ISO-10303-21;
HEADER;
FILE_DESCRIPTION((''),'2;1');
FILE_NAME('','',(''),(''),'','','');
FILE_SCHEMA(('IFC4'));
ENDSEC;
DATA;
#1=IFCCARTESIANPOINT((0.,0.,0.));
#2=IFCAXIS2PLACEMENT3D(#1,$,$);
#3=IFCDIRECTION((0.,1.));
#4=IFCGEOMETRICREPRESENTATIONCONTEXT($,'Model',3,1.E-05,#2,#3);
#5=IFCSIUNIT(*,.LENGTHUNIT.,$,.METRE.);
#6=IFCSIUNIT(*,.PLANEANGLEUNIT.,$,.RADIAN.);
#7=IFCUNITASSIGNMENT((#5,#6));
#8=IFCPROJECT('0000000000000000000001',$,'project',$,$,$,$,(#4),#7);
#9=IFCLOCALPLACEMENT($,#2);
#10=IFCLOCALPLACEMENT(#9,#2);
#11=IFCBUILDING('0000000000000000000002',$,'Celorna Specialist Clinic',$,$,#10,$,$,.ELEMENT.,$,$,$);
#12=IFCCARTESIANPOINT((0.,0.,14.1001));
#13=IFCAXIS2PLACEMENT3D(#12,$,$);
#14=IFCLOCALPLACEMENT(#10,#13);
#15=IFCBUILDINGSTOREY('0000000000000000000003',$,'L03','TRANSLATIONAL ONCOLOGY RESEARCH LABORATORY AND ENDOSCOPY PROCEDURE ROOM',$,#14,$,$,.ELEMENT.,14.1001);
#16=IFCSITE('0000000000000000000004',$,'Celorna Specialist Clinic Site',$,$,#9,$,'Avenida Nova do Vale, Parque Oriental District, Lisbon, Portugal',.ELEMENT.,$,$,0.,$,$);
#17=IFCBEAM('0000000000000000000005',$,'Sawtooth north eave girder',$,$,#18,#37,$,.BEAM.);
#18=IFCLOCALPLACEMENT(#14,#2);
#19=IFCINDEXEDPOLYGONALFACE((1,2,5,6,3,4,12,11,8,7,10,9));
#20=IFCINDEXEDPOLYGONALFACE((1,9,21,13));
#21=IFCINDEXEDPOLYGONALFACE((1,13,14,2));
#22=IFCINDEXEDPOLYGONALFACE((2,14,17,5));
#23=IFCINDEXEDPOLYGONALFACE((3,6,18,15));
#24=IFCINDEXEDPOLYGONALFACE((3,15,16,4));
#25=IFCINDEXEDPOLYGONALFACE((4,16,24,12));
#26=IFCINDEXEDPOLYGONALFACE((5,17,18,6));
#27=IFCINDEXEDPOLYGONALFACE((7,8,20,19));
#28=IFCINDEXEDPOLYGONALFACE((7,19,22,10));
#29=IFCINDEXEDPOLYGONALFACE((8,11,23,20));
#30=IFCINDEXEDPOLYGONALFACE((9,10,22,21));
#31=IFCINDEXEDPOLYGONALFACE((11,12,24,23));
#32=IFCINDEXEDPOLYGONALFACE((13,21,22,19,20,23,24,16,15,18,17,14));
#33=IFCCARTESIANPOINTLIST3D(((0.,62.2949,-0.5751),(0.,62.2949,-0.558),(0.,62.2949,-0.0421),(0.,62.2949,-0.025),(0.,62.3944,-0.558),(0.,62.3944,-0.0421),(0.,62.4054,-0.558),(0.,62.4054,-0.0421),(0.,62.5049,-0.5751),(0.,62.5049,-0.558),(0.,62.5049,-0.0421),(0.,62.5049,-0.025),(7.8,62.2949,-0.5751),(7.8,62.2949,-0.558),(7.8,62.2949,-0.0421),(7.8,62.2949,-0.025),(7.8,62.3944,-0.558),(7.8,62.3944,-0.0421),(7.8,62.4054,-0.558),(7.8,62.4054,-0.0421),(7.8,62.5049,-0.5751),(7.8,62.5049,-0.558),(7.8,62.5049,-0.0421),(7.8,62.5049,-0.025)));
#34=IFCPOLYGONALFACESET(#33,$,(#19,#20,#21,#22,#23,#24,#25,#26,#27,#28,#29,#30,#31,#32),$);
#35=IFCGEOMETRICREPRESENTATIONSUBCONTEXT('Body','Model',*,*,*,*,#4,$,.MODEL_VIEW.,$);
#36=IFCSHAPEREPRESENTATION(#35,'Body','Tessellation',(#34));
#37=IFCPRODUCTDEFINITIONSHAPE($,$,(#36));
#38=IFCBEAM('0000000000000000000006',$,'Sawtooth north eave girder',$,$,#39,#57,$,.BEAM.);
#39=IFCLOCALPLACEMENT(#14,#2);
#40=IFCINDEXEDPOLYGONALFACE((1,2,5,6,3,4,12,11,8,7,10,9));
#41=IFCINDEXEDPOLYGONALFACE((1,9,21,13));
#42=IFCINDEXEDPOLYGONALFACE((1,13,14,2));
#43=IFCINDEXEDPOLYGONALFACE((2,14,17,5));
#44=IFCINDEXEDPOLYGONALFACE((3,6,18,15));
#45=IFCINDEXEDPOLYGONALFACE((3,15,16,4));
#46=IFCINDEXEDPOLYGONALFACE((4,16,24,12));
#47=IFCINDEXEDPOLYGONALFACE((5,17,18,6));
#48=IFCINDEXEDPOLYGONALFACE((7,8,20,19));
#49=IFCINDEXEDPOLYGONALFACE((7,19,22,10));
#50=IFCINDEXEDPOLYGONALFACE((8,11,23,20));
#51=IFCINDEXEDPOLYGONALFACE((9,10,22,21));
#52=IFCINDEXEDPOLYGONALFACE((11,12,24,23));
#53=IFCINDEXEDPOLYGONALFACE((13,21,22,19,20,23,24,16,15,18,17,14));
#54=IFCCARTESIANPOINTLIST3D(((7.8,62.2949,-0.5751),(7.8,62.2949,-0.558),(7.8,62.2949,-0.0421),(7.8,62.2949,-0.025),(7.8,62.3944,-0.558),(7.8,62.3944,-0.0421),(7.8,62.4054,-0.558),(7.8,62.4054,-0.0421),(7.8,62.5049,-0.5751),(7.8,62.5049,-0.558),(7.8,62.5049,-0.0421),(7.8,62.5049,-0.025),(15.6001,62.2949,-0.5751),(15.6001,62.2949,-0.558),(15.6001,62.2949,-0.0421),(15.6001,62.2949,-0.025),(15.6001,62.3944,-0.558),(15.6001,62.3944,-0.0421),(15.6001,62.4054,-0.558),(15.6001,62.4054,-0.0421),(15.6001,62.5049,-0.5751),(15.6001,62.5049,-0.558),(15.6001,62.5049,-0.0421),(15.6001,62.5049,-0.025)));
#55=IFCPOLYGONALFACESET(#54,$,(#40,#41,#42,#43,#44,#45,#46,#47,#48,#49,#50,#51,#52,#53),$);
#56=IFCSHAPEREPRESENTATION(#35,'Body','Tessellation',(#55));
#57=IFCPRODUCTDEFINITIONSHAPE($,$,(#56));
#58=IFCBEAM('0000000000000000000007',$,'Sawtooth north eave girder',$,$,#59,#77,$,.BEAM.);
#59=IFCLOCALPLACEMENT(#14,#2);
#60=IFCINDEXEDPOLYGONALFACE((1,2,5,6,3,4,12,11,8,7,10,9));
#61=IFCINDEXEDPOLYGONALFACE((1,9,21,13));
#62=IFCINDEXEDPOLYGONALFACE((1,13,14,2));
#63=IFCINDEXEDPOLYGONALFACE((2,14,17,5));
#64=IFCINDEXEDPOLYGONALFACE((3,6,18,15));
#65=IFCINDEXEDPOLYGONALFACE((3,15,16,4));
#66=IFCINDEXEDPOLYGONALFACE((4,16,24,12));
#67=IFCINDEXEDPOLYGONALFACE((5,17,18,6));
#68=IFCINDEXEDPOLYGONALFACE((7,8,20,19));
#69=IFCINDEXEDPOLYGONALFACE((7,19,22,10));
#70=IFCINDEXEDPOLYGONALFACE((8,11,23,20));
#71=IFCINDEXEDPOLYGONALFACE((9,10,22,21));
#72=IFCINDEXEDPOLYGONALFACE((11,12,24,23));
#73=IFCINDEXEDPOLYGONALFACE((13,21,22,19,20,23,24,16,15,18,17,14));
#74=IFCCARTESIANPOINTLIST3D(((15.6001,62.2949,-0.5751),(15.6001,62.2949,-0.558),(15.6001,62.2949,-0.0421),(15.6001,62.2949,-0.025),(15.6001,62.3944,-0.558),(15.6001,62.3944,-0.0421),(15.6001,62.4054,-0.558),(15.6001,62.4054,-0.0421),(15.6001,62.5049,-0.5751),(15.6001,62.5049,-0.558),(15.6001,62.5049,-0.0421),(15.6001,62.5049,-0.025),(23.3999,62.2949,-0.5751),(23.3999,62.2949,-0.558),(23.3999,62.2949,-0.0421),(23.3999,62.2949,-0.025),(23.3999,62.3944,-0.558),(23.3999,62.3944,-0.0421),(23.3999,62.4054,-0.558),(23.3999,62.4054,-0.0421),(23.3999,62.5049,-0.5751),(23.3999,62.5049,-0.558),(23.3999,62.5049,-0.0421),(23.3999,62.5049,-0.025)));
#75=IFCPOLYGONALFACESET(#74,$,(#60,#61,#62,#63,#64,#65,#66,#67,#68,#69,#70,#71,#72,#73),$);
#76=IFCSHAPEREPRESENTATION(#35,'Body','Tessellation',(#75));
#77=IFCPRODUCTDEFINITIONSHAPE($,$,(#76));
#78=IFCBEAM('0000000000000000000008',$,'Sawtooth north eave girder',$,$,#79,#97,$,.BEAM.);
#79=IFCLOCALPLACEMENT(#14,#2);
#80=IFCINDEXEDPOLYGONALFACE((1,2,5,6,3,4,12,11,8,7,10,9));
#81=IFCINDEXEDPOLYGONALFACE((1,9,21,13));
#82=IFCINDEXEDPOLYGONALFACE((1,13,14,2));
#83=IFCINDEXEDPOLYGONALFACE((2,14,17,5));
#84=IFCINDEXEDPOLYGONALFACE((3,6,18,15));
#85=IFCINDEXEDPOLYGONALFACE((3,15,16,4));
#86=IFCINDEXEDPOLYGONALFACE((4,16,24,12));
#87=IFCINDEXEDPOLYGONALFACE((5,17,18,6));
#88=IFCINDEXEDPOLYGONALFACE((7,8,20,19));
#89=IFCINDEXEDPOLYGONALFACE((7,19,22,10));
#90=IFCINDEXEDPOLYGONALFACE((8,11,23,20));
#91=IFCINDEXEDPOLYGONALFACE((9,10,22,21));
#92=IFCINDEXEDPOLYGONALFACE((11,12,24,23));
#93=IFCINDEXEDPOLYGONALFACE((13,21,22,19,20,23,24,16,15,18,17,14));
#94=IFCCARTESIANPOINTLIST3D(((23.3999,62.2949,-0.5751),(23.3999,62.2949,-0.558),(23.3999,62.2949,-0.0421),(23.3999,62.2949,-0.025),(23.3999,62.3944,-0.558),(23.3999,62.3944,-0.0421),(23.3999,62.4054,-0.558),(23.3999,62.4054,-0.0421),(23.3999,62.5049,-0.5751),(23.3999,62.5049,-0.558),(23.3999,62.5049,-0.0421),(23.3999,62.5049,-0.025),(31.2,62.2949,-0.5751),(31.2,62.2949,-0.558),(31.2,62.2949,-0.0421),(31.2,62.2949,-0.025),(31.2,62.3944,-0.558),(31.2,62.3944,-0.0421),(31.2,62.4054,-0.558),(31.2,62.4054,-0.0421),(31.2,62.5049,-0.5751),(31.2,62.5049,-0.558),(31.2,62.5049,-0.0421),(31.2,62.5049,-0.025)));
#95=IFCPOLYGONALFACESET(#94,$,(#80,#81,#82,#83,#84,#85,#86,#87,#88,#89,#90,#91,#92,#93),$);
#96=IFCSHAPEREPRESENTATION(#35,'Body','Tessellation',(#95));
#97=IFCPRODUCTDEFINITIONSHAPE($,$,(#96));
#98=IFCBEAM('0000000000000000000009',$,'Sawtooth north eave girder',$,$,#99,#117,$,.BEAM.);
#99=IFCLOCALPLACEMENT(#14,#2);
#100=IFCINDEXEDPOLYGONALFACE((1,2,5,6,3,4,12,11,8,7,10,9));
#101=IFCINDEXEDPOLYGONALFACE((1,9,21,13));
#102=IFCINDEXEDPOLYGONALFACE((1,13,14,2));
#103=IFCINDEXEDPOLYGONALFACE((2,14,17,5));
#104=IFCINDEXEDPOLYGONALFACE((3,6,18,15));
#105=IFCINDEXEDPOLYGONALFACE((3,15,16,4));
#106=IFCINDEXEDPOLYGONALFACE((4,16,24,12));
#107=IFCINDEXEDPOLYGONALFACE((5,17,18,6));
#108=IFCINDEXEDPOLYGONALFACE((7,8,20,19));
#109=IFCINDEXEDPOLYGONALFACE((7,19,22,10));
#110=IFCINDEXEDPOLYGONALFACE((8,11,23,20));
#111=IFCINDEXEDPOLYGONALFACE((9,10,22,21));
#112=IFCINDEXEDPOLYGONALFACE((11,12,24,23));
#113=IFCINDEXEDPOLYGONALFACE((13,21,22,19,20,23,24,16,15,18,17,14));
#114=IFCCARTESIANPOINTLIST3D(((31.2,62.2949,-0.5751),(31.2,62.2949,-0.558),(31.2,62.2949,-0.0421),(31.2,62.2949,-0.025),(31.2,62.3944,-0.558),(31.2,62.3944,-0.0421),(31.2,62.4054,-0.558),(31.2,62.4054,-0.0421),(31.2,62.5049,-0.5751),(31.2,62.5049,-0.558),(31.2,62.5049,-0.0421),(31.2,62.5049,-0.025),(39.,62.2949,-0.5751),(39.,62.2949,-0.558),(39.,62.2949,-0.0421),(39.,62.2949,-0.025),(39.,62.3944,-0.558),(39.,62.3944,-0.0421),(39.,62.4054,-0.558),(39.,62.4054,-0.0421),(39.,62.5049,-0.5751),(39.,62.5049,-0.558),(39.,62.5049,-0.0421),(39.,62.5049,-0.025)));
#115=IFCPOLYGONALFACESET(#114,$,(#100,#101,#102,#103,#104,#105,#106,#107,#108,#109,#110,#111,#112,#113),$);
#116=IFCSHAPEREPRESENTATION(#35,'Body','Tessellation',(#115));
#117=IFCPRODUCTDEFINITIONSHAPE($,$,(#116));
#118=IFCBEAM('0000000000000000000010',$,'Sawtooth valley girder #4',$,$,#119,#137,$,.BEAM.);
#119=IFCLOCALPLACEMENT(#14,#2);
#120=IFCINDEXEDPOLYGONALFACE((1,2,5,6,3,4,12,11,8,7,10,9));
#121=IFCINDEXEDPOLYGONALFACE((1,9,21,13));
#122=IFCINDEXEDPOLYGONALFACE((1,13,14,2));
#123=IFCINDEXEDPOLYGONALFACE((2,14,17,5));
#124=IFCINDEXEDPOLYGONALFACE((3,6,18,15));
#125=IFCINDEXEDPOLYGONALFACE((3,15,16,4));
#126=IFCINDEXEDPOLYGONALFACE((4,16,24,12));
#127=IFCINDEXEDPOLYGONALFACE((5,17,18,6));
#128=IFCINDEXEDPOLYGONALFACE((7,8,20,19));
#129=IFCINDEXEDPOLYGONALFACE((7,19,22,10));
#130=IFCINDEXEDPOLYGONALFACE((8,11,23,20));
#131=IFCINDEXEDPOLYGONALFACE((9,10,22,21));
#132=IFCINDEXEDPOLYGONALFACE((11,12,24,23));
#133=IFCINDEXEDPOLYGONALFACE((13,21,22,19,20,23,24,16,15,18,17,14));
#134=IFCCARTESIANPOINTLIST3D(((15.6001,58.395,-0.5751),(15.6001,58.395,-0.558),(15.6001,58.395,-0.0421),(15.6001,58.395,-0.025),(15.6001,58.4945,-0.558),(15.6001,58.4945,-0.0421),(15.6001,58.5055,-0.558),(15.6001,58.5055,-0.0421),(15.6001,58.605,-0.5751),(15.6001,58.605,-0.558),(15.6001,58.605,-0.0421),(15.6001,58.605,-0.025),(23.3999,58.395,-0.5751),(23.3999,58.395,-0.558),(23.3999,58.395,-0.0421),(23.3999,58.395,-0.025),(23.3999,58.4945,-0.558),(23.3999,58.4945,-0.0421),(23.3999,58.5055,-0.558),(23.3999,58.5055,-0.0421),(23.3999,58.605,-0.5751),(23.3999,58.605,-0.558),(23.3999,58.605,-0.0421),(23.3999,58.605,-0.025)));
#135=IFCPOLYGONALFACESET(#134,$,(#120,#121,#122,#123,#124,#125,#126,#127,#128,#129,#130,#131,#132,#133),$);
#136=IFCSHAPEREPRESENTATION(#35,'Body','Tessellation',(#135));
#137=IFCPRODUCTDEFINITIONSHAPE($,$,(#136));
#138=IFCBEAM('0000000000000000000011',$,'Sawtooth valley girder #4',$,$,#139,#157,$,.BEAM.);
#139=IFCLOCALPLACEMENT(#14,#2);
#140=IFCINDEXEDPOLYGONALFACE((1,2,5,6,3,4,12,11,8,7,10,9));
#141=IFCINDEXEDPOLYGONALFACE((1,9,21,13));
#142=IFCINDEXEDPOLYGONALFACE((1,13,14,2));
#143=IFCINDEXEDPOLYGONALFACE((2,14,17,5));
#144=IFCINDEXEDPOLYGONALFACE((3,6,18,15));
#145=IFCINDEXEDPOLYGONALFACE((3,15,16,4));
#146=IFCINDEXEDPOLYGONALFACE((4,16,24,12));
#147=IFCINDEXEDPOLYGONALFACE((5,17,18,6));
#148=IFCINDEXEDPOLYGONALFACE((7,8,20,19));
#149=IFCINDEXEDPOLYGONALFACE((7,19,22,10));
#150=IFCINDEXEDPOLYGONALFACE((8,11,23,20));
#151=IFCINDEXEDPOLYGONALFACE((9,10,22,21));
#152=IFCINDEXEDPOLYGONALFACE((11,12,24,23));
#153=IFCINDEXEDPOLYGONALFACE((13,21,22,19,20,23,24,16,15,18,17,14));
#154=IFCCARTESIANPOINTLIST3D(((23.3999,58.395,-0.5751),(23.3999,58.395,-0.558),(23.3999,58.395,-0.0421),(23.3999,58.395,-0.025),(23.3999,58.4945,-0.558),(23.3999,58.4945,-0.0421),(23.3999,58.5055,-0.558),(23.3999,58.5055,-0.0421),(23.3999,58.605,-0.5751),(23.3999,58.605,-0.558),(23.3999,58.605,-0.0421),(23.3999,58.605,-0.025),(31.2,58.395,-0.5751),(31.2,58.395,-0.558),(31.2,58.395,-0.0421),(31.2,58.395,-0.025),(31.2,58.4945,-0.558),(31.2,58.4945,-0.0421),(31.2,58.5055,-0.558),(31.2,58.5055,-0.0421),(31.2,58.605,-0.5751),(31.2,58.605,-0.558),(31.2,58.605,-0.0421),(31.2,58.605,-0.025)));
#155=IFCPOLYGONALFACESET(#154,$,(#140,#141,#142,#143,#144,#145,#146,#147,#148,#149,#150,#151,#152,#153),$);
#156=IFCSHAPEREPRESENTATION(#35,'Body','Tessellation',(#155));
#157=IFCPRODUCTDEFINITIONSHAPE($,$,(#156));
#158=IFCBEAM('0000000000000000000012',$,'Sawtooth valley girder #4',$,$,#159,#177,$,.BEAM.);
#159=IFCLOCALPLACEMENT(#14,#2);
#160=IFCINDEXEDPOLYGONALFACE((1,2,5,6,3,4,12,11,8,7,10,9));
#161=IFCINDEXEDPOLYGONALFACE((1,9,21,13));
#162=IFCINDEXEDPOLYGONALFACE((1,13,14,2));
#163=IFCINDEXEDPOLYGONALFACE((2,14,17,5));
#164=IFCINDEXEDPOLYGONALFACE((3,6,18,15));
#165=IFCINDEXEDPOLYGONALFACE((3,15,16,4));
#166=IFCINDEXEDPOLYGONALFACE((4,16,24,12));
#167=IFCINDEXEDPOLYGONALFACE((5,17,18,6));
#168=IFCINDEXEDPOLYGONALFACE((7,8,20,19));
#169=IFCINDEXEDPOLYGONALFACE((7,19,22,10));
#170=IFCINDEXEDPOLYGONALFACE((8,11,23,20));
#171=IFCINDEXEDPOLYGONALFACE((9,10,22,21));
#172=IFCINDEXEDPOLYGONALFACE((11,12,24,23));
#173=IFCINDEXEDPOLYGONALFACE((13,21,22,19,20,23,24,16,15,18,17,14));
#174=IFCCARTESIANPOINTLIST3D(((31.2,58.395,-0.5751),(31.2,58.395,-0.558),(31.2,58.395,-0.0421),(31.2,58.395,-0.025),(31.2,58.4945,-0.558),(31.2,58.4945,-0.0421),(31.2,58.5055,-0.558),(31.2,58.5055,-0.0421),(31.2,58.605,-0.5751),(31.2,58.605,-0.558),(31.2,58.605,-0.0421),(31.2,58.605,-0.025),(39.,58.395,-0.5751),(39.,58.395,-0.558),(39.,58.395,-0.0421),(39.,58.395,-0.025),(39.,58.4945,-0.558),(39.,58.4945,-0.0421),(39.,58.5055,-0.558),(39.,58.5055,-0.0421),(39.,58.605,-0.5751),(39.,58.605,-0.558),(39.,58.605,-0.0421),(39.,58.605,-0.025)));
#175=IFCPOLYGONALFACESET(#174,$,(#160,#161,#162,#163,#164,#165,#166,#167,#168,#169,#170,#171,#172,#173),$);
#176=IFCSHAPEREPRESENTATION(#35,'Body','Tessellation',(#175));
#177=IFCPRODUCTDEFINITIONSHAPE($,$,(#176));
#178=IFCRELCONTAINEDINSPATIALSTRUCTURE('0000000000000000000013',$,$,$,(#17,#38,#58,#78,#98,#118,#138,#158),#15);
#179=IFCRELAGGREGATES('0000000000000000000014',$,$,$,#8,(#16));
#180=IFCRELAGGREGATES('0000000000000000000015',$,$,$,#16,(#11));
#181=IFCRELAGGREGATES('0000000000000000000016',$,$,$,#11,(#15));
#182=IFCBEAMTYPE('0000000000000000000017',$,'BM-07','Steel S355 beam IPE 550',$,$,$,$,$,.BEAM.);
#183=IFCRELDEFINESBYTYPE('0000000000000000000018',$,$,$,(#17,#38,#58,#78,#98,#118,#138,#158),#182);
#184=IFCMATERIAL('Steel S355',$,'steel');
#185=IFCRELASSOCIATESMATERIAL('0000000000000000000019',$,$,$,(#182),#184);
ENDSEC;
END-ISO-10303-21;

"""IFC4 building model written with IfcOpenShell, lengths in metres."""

from ifc_helpers import new_model, si_unit, direction, frame, origin, origin_2d, place, context, subcontext, project, spatial, i_section, extrude, material, material_profile, profile_set, type_object, element, save


model = new_model("IFC4")

# Units and contexts
model_context = context("Model", 3, precision=1e-05, world=origin(), true_north=direction((0.0, 1.0)))
body_context = subcontext(model_context, "Body", "Model", "MODEL_VIEW")
ifc_project = project(units=[si_unit("LENGTHUNIT", "METRE"), si_unit("PLANEANGLEUNIT", "RADIAN")], contexts=[model_context])

# Site, building, storey
site_placement = place(None, origin())
site = spatial("IfcSite", under=ifc_project, at=site_placement, Name="Celorna Specialist Clinic Site", LongName="Avenida Nova do Vale, Parque Oriental District, Lisbon, Portugal", CompositionType="ELEMENT", RefElevation=0.0)
building_placement = place(site_placement, origin())
building = spatial("IfcBuilding", under=site, at=building_placement, Name="Celorna Specialist Clinic", CompositionType="ELEMENT")
storey_placement = place(building_placement, frame((0.0, 0.0, 14.1001)))
storey = spatial("IfcBuildingStorey", under=building, at=storey_placement, Name="L03", Description="TRANSLATIONAL ONCOLOGY RESEARCH LABORATORY AND ENDOSCOPY PROCEDURE ROOM", CompositionType="ELEMENT", Elevation=14.1001)

# Beams
ifc_material = material(Name="Steel S355", Category="steel")
ifc_material_profile_1 = material_profile(ifc_material, i_section(OverallWidth=0.21, OverallDepth=0.55, WebThickness=0.011, FlangeThickness=0.0171, at=origin_2d()), Name="IPE 550")
ifc_profile_set_1 = profile_set([ifc_material_profile_1], Name="Steel S355")
beam_type = type_object("IfcBeamType", Name="BM-07", Description="Steel S355 beam IPE 550", PredefinedType="BEAM", material=ifc_profile_set_1)
for number, where, z_axis, x_axis, name in (
    (1, (0.0, 62.3999, -0.3), (1.0, 0.0, 0.0), (0.0, 1.0, 0.0), "Sawtooth north eave girder"),
    (2, (7.8, 62.3999, -0.3), (1.0, 0.0, 0.0), (0.0, 1.0, 0.0), "Sawtooth north eave girder"),
):
    element("IfcBeam", number, at=place(storey_placement, frame(where, z_axis=z_axis, x_axis=x_axis)), inside=storey, type_object=beam_type, Name=name, PredefinedType="BEAM", context=body_context, shape_type="SweptSolid", body=[
        extrude(i_section(OverallWidth=0.21, OverallDepth=0.55, WebThickness=0.011, FlangeThickness=0.0171, at=origin_2d()), origin(), (0.0, 0.0, 1.0), 7.8),
    ])
beam_1_placement = place(storey_placement, frame((15.6001, 62.3999, -0.3), z_axis=(1.0, 0.0, 0.0), x_axis=(0.0, 1.0, 0.0)))
element("IfcBeam", 3, at=beam_1_placement, inside=storey, type_object=beam_type, Name="Sawtooth north eave girder", PredefinedType="BEAM", context=body_context, shape_type="SweptSolid", body=[
    extrude(i_section(OverallWidth=0.21, OverallDepth=0.55, WebThickness=0.011, FlangeThickness=0.0171, at=origin_2d()), origin(), (0.0, 0.0, 1.0), 7.7998),
])
for number, where, z_axis, x_axis, name in (
    (4, (23.3999, 62.3999, -0.3), (1.0, 0.0, 0.0), (0.0, 1.0, 0.0), "Sawtooth north eave girder"),
    (5, (31.2, 62.3999, -0.3), (1.0, 0.0, 0.0), (0.0, 1.0, 0.0), "Sawtooth north eave girder"),
):
    element("IfcBeam", number, at=place(storey_placement, frame(where, z_axis=z_axis, x_axis=x_axis)), inside=storey, type_object=beam_type, Name=name, PredefinedType="BEAM", context=body_context, shape_type="SweptSolid", body=[
        extrude(i_section(OverallWidth=0.21, OverallDepth=0.55, WebThickness=0.011, FlangeThickness=0.0171, at=origin_2d()), origin(), (0.0, 0.0, 1.0), 7.8),
    ])
beam_2_placement = place(storey_placement, frame((15.6001, 58.5, -0.3), z_axis=(1.0, 0.0, 0.0), x_axis=(0.0, 1.0, 0.0)))
element("IfcBeam", 6, at=beam_2_placement, inside=storey, type_object=beam_type, Name="Sawtooth valley girder #4", PredefinedType="BEAM", context=body_context, shape_type="SweptSolid", body=[
    extrude(i_section(OverallWidth=0.21, OverallDepth=0.55, WebThickness=0.011, FlangeThickness=0.0171, at=origin_2d()), origin(), (0.0, 0.0, 1.0), 7.7998),
])
for number, where, z_axis, x_axis, name in (
    (7, (23.3999, 58.5, -0.3), (1.0, 0.0, 0.0), (0.0, 1.0, 0.0), "Sawtooth valley girder #4"),
    (8, (31.2, 58.5, -0.3), (1.0, 0.0, 0.0), (0.0, 1.0, 0.0), "Sawtooth valley girder #4"),
):
    element("IfcBeam", number, at=place(storey_placement, frame(where, z_axis=z_axis, x_axis=x_axis)), inside=storey, type_object=beam_type, Name=name, PredefinedType="BEAM", context=body_context, shape_type="SweptSolid", body=[
        extrude(i_section(OverallWidth=0.21, OverallDepth=0.55, WebThickness=0.011, FlangeThickness=0.0171, at=origin_2d()), origin(), (0.0, 0.0, 1.0), 7.8),
    ])

save(model, "model.ifc")
